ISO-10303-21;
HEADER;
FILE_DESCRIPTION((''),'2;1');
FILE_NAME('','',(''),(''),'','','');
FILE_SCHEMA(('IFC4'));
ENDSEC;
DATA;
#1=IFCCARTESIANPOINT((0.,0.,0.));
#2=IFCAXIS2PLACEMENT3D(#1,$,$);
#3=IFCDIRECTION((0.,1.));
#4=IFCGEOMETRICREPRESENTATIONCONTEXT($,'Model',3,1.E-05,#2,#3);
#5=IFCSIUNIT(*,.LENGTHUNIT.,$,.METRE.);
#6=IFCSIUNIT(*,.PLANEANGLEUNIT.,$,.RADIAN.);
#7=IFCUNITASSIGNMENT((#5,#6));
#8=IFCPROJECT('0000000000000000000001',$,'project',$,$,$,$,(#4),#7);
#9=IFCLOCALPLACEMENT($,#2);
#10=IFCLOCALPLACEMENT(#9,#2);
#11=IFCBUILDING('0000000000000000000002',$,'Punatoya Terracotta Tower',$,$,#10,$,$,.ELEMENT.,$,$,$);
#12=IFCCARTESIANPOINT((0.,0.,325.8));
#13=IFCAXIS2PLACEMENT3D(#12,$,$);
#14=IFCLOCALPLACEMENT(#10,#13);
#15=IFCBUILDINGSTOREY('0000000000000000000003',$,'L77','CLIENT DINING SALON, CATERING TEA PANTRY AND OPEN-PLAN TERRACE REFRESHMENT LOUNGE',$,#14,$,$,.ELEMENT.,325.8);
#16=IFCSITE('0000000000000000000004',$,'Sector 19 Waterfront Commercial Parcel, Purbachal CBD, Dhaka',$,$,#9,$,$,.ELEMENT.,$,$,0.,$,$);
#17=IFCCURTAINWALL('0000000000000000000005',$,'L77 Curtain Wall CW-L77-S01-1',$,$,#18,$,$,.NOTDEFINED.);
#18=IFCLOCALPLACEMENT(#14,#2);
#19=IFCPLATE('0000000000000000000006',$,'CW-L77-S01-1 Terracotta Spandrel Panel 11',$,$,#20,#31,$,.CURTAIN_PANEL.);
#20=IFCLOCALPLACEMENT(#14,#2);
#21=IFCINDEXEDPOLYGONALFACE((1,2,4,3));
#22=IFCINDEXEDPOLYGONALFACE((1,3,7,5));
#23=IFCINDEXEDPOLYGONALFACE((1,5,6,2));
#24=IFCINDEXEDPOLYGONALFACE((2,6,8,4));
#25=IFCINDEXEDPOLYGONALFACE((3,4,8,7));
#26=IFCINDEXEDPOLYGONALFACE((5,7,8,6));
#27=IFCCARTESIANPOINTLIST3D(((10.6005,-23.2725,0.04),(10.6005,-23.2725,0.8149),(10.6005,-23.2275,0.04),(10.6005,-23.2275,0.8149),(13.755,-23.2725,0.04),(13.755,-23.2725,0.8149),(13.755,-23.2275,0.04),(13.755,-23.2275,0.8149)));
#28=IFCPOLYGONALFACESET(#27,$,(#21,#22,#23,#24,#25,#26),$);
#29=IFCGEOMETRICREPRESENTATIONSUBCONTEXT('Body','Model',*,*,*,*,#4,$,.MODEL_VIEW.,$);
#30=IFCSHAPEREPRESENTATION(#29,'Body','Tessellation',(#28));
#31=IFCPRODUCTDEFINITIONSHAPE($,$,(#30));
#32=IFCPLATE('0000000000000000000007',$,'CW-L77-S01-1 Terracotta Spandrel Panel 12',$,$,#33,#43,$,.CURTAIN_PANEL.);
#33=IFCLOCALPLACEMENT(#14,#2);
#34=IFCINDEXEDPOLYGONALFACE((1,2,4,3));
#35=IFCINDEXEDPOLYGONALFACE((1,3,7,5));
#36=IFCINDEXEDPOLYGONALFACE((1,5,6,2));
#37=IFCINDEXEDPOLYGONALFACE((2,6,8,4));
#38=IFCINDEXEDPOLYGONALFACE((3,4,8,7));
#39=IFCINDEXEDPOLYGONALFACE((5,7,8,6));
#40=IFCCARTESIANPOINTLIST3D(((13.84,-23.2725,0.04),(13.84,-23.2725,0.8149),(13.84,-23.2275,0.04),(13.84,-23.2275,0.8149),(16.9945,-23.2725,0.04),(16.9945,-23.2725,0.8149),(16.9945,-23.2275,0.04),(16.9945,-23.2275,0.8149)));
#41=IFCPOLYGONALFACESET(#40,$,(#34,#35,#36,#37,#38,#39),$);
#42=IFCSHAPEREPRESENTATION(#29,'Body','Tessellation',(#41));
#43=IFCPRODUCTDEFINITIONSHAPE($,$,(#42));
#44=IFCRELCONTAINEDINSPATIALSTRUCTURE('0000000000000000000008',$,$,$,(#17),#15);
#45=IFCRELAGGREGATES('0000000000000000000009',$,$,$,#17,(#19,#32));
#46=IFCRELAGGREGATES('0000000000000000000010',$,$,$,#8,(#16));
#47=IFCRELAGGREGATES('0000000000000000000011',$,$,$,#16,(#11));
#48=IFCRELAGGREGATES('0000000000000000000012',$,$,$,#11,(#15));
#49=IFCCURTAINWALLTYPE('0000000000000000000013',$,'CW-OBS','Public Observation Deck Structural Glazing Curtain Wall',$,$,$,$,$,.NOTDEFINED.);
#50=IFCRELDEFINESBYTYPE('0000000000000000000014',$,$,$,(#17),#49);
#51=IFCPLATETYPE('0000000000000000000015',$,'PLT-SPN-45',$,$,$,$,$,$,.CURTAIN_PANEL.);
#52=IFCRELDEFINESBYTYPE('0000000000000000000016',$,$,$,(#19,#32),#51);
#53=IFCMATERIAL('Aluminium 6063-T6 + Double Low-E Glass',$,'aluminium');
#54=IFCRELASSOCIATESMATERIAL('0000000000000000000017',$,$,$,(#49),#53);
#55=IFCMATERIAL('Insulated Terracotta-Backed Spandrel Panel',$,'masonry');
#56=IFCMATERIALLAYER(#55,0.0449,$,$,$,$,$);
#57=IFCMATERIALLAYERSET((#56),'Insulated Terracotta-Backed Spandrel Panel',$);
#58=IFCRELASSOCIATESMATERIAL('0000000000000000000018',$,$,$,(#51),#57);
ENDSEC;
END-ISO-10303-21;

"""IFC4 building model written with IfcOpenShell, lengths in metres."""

from ifc_helpers import new_model, si_unit, direction, frame, origin, origin_2d, place, context, subcontext, project, spatial, rectangle, extrude, material, layer, layer_set, type_object, element, aggregate, save


model = new_model("IFC4")

# Units and contexts
model_context = context("Model", 3, precision=1e-05, world=origin(), true_north=direction((0.0, 1.0)))
body_context = subcontext(model_context, "Body", "Model", "MODEL_VIEW")
ifc_project = project(units=[si_unit("LENGTHUNIT", "METRE"), si_unit("PLANEANGLEUNIT", "RADIAN")], contexts=[model_context])

# Site, building, storey
site_placement = place(None, origin())
site = spatial("IfcSite", under=ifc_project, at=site_placement, Name="Sector 19 Waterfront Commercial Parcel, Purbachal CBD, Dhaka", CompositionType="ELEMENT", RefElevation=0.0)
building_placement = place(site_placement, origin())
building = spatial("IfcBuilding", under=site, at=building_placement, Name="Punatoya Terracotta Tower", CompositionType="ELEMENT")
storey_placement = place(building_placement, frame((0.0, 0.0, 325.8)))
storey = spatial("IfcBuildingStorey", under=building, at=storey_placement, Name="L77", Description="CLIENT DINING SALON, CATERING TEA PANTRY AND OPEN-PLAN TERRACE REFRESHMENT LOUNGE", CompositionType="ELEMENT", Elevation=325.8)

# Curtain wall
ifc_material_1 = material(Name="Aluminium 6063-T6 + Double Low-E Glass", Category="aluminium")
curtain_wall_type = type_object("IfcCurtainWallType", Name="CW-OBS", Description="Public Observation Deck Structural Glazing Curtain Wall", PredefinedType="NOTDEFINED", material=ifc_material_1)
curtain_wall_1_placement = place(storey_placement, origin())
curtain_wall_1 = element("IfcCurtainWall", 1, at=curtain_wall_1_placement, inside=storey, type_object=curtain_wall_type, Name="L77 Curtain Wall CW-L77-S01-1", PredefinedType="NOTDEFINED")

# Plates
ifc_material_2 = material(Name="Insulated Terracotta-Backed Spandrel Panel", Category="masonry")
ifc_layer_1 = layer(ifc_material_2, 0.0449)
ifc_layer_set_1 = layer_set([ifc_layer_1], Name="Insulated Terracotta-Backed Spandrel Panel")
plate_type_1 = type_object("IfcPlateType", Name="PLT-SPN-45", PredefinedType="CURTAIN_PANEL", material=ifc_layer_set_1)
plate_1_placement = place(storey_placement, frame((12.1777, -23.25, 0.04), z_axis=(0.0, 0.0, 1.0), x_axis=(1.0, 0.0, 0.0)))
plate_1 = element("IfcPlate", 2, at=plate_1_placement, type_object=plate_type_1, Name="CW-L77-S01-1 Terracotta Spandrel Panel 11", PredefinedType="CURTAIN_PANEL", context=body_context, shape_type="SweptSolid", body=[
    extrude(rectangle(XDim=3.1545, YDim=0.0449, at=origin_2d()), origin(), (0.0, 0.0, 1.0), 0.7749),
])
plate_2_placement = place(storey_placement, frame((15.4172, -23.25, 0.04), z_axis=(0.0, 0.0, 1.0), x_axis=(1.0, 0.0, 0.0)))
plate_2 = element("IfcPlate", 3, at=plate_2_placement, type_object=plate_type_1, Name="CW-L77-S01-1 Terracotta Spandrel Panel 12", PredefinedType="CURTAIN_PANEL", context=body_context, shape_type="SweptSolid", body=[
    extrude(rectangle(XDim=3.1545, YDim=0.0449, at=origin_2d()), origin(), (0.0, 0.0, 1.0), 0.7749),
])
aggregate(curtain_wall_1, [plate_1, plate_2])

save(model, "model.ifc")
